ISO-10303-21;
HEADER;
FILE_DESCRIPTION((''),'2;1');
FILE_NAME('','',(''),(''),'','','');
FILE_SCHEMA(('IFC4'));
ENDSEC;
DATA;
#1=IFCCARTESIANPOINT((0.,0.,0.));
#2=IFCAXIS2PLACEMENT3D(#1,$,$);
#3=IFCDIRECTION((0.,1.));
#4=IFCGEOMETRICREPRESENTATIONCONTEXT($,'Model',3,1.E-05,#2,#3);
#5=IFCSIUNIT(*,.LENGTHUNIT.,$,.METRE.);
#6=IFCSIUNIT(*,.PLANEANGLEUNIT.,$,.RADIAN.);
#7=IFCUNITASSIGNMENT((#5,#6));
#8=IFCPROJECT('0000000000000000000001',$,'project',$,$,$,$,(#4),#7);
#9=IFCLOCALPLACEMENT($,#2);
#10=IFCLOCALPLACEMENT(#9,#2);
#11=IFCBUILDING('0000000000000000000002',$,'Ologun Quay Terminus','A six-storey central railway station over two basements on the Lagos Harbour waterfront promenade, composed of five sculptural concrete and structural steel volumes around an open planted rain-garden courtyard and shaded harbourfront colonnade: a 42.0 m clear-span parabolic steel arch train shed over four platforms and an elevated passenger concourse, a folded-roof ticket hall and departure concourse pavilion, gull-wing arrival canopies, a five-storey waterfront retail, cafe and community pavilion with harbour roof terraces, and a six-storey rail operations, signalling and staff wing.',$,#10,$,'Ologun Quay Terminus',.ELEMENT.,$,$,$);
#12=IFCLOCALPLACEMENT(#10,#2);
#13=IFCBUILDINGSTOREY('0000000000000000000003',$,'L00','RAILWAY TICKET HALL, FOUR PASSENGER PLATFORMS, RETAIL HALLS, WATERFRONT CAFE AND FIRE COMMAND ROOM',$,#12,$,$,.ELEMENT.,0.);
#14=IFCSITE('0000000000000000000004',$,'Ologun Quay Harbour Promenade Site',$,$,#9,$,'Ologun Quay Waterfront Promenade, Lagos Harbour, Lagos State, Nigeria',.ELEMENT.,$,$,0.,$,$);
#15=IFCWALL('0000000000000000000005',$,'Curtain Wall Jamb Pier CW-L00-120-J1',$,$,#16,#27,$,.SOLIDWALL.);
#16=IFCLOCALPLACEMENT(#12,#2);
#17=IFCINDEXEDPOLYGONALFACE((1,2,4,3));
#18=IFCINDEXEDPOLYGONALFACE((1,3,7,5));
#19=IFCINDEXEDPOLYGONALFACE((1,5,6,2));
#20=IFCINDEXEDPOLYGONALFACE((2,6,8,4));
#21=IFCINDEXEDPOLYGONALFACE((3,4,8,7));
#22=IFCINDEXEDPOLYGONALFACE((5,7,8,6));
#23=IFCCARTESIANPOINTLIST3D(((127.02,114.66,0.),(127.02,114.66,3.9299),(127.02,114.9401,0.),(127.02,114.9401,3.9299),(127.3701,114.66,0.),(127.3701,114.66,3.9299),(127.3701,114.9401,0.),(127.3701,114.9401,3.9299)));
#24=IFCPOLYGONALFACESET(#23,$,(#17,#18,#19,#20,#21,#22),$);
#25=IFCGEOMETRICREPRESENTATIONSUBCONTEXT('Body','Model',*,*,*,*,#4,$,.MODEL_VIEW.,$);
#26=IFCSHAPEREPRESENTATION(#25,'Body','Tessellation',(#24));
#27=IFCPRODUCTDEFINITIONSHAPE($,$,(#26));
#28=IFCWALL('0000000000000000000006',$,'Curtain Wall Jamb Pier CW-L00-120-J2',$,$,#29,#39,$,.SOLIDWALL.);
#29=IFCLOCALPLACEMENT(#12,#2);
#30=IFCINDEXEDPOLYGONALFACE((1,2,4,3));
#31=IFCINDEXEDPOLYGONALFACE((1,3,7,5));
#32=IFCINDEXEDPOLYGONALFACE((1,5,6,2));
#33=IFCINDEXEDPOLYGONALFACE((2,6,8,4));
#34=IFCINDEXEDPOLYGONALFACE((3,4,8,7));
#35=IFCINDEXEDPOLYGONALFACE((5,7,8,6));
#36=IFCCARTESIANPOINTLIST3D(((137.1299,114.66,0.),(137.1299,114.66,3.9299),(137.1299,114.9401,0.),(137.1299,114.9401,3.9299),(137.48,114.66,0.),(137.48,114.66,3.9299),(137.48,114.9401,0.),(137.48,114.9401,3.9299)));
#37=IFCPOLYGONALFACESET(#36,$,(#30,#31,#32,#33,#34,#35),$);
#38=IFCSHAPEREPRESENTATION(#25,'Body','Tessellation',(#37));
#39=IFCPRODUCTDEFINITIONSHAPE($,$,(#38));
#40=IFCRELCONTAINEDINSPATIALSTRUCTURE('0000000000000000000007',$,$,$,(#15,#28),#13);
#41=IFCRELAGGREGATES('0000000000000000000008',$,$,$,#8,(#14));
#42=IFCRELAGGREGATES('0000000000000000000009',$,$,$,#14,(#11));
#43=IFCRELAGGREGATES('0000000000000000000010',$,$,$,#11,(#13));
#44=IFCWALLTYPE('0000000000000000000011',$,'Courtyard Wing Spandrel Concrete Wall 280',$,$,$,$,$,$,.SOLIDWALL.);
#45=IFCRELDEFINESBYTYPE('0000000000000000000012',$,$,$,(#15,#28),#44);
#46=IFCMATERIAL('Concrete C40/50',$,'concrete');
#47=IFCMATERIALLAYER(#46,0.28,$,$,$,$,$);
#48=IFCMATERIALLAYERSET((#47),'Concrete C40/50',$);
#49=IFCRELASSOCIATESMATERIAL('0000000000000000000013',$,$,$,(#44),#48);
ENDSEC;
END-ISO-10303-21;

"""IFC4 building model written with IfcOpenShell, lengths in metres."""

from ifc_helpers import new_model, si_unit, direction, frame, frame_2d, origin, place, context, subcontext, project, spatial, rectangle, extrude, material, layer, layer_set, type_object, element, save


model = new_model("IFC4")

# Units and contexts
model_context = context("Model", 3, precision=1e-05, world=origin(), true_north=direction((0.0, 1.0)))
body_context = subcontext(model_context, "Body", "Model", "MODEL_VIEW")
ifc_project = project(units=[si_unit("LENGTHUNIT", "METRE"), si_unit("PLANEANGLEUNIT", "RADIAN")], contexts=[model_context])

# Site, building, storey
site_placement = place(None, origin())
site = spatial("IfcSite", under=ifc_project, at=site_placement, Name="Ologun Quay Harbour Promenade Site", LongName="Ologun Quay Waterfront Promenade, Lagos Harbour, Lagos State, Nigeria", CompositionType="ELEMENT", RefElevation=0.0)
building_placement = place(site_placement, origin())
building = spatial("IfcBuilding", under=site, at=building_placement, Name="Ologun Quay Terminus", Description="A six-storey central railway station over two basements on the Lagos Harbour waterfront promenade, composed of five sculptural concrete and structural steel volumes around an open planted rain-garden courtyard and shaded harbourfront colonnade: a 42.0 m clear-span parabolic steel arch train shed over four platforms and an elevated passenger concourse, a folded-roof ticket hall and departure concourse pavilion, gull-wing arrival canopies, a five-storey waterfront retail, cafe and community pavilion with harbour roof terraces, and a six-storey rail operations, signalling and staff wing.", LongName="Ologun Quay Terminus", CompositionType="ELEMENT")
storey_placement = place(building_placement, origin())
storey = spatial("IfcBuildingStorey", under=building, at=storey_placement, Name="L00", Description="RAILWAY TICKET HALL, FOUR PASSENGER PLATFORMS, RETAIL HALLS, WATERFRONT CAFE AND FIRE COMMAND ROOM", CompositionType="ELEMENT", Elevation=0.0)

# Walls
ifc_material_1 = material(Name="Concrete C40/50", Category="concrete")
ifc_layer_1 = layer(ifc_material_1, 0.28)
ifc_layer_set_1 = layer_set([ifc_layer_1], Name="Concrete C40/50")
wall_type = type_object("IfcWallType", Name="Courtyard Wing Spandrel Concrete Wall 280", PredefinedType="SOLIDWALL", material=ifc_layer_set_1)
for number, where, z_axis, x_axis, name in (
    (1, (127.02, 114.8, 0.0), (0.0, 0.0, 1.0), (1.0, 0.0, 0.0), "Curtain Wall Jamb Pier CW-L00-120-J1"),
    (2, (137.1299, 114.8, 0.0), (0.0, 0.0, 1.0), (1.0, 0.0, 0.0), "Curtain Wall Jamb Pier CW-L00-120-J2"),
):
    element("IfcWall", number, at=place(storey_placement, frame(where, z_axis=z_axis, x_axis=x_axis)), inside=storey, type_object=wall_type, Name=name, PredefinedType="SOLIDWALL", context=body_context, shape_type="SweptSolid", body=[
        extrude(rectangle(XDim=0.3501, YDim=0.28, at=frame_2d((0.175, 0.0))), origin(), (0.0, 0.0, 1.0), 3.9299),
    ])

save(model, "model.ifc")
